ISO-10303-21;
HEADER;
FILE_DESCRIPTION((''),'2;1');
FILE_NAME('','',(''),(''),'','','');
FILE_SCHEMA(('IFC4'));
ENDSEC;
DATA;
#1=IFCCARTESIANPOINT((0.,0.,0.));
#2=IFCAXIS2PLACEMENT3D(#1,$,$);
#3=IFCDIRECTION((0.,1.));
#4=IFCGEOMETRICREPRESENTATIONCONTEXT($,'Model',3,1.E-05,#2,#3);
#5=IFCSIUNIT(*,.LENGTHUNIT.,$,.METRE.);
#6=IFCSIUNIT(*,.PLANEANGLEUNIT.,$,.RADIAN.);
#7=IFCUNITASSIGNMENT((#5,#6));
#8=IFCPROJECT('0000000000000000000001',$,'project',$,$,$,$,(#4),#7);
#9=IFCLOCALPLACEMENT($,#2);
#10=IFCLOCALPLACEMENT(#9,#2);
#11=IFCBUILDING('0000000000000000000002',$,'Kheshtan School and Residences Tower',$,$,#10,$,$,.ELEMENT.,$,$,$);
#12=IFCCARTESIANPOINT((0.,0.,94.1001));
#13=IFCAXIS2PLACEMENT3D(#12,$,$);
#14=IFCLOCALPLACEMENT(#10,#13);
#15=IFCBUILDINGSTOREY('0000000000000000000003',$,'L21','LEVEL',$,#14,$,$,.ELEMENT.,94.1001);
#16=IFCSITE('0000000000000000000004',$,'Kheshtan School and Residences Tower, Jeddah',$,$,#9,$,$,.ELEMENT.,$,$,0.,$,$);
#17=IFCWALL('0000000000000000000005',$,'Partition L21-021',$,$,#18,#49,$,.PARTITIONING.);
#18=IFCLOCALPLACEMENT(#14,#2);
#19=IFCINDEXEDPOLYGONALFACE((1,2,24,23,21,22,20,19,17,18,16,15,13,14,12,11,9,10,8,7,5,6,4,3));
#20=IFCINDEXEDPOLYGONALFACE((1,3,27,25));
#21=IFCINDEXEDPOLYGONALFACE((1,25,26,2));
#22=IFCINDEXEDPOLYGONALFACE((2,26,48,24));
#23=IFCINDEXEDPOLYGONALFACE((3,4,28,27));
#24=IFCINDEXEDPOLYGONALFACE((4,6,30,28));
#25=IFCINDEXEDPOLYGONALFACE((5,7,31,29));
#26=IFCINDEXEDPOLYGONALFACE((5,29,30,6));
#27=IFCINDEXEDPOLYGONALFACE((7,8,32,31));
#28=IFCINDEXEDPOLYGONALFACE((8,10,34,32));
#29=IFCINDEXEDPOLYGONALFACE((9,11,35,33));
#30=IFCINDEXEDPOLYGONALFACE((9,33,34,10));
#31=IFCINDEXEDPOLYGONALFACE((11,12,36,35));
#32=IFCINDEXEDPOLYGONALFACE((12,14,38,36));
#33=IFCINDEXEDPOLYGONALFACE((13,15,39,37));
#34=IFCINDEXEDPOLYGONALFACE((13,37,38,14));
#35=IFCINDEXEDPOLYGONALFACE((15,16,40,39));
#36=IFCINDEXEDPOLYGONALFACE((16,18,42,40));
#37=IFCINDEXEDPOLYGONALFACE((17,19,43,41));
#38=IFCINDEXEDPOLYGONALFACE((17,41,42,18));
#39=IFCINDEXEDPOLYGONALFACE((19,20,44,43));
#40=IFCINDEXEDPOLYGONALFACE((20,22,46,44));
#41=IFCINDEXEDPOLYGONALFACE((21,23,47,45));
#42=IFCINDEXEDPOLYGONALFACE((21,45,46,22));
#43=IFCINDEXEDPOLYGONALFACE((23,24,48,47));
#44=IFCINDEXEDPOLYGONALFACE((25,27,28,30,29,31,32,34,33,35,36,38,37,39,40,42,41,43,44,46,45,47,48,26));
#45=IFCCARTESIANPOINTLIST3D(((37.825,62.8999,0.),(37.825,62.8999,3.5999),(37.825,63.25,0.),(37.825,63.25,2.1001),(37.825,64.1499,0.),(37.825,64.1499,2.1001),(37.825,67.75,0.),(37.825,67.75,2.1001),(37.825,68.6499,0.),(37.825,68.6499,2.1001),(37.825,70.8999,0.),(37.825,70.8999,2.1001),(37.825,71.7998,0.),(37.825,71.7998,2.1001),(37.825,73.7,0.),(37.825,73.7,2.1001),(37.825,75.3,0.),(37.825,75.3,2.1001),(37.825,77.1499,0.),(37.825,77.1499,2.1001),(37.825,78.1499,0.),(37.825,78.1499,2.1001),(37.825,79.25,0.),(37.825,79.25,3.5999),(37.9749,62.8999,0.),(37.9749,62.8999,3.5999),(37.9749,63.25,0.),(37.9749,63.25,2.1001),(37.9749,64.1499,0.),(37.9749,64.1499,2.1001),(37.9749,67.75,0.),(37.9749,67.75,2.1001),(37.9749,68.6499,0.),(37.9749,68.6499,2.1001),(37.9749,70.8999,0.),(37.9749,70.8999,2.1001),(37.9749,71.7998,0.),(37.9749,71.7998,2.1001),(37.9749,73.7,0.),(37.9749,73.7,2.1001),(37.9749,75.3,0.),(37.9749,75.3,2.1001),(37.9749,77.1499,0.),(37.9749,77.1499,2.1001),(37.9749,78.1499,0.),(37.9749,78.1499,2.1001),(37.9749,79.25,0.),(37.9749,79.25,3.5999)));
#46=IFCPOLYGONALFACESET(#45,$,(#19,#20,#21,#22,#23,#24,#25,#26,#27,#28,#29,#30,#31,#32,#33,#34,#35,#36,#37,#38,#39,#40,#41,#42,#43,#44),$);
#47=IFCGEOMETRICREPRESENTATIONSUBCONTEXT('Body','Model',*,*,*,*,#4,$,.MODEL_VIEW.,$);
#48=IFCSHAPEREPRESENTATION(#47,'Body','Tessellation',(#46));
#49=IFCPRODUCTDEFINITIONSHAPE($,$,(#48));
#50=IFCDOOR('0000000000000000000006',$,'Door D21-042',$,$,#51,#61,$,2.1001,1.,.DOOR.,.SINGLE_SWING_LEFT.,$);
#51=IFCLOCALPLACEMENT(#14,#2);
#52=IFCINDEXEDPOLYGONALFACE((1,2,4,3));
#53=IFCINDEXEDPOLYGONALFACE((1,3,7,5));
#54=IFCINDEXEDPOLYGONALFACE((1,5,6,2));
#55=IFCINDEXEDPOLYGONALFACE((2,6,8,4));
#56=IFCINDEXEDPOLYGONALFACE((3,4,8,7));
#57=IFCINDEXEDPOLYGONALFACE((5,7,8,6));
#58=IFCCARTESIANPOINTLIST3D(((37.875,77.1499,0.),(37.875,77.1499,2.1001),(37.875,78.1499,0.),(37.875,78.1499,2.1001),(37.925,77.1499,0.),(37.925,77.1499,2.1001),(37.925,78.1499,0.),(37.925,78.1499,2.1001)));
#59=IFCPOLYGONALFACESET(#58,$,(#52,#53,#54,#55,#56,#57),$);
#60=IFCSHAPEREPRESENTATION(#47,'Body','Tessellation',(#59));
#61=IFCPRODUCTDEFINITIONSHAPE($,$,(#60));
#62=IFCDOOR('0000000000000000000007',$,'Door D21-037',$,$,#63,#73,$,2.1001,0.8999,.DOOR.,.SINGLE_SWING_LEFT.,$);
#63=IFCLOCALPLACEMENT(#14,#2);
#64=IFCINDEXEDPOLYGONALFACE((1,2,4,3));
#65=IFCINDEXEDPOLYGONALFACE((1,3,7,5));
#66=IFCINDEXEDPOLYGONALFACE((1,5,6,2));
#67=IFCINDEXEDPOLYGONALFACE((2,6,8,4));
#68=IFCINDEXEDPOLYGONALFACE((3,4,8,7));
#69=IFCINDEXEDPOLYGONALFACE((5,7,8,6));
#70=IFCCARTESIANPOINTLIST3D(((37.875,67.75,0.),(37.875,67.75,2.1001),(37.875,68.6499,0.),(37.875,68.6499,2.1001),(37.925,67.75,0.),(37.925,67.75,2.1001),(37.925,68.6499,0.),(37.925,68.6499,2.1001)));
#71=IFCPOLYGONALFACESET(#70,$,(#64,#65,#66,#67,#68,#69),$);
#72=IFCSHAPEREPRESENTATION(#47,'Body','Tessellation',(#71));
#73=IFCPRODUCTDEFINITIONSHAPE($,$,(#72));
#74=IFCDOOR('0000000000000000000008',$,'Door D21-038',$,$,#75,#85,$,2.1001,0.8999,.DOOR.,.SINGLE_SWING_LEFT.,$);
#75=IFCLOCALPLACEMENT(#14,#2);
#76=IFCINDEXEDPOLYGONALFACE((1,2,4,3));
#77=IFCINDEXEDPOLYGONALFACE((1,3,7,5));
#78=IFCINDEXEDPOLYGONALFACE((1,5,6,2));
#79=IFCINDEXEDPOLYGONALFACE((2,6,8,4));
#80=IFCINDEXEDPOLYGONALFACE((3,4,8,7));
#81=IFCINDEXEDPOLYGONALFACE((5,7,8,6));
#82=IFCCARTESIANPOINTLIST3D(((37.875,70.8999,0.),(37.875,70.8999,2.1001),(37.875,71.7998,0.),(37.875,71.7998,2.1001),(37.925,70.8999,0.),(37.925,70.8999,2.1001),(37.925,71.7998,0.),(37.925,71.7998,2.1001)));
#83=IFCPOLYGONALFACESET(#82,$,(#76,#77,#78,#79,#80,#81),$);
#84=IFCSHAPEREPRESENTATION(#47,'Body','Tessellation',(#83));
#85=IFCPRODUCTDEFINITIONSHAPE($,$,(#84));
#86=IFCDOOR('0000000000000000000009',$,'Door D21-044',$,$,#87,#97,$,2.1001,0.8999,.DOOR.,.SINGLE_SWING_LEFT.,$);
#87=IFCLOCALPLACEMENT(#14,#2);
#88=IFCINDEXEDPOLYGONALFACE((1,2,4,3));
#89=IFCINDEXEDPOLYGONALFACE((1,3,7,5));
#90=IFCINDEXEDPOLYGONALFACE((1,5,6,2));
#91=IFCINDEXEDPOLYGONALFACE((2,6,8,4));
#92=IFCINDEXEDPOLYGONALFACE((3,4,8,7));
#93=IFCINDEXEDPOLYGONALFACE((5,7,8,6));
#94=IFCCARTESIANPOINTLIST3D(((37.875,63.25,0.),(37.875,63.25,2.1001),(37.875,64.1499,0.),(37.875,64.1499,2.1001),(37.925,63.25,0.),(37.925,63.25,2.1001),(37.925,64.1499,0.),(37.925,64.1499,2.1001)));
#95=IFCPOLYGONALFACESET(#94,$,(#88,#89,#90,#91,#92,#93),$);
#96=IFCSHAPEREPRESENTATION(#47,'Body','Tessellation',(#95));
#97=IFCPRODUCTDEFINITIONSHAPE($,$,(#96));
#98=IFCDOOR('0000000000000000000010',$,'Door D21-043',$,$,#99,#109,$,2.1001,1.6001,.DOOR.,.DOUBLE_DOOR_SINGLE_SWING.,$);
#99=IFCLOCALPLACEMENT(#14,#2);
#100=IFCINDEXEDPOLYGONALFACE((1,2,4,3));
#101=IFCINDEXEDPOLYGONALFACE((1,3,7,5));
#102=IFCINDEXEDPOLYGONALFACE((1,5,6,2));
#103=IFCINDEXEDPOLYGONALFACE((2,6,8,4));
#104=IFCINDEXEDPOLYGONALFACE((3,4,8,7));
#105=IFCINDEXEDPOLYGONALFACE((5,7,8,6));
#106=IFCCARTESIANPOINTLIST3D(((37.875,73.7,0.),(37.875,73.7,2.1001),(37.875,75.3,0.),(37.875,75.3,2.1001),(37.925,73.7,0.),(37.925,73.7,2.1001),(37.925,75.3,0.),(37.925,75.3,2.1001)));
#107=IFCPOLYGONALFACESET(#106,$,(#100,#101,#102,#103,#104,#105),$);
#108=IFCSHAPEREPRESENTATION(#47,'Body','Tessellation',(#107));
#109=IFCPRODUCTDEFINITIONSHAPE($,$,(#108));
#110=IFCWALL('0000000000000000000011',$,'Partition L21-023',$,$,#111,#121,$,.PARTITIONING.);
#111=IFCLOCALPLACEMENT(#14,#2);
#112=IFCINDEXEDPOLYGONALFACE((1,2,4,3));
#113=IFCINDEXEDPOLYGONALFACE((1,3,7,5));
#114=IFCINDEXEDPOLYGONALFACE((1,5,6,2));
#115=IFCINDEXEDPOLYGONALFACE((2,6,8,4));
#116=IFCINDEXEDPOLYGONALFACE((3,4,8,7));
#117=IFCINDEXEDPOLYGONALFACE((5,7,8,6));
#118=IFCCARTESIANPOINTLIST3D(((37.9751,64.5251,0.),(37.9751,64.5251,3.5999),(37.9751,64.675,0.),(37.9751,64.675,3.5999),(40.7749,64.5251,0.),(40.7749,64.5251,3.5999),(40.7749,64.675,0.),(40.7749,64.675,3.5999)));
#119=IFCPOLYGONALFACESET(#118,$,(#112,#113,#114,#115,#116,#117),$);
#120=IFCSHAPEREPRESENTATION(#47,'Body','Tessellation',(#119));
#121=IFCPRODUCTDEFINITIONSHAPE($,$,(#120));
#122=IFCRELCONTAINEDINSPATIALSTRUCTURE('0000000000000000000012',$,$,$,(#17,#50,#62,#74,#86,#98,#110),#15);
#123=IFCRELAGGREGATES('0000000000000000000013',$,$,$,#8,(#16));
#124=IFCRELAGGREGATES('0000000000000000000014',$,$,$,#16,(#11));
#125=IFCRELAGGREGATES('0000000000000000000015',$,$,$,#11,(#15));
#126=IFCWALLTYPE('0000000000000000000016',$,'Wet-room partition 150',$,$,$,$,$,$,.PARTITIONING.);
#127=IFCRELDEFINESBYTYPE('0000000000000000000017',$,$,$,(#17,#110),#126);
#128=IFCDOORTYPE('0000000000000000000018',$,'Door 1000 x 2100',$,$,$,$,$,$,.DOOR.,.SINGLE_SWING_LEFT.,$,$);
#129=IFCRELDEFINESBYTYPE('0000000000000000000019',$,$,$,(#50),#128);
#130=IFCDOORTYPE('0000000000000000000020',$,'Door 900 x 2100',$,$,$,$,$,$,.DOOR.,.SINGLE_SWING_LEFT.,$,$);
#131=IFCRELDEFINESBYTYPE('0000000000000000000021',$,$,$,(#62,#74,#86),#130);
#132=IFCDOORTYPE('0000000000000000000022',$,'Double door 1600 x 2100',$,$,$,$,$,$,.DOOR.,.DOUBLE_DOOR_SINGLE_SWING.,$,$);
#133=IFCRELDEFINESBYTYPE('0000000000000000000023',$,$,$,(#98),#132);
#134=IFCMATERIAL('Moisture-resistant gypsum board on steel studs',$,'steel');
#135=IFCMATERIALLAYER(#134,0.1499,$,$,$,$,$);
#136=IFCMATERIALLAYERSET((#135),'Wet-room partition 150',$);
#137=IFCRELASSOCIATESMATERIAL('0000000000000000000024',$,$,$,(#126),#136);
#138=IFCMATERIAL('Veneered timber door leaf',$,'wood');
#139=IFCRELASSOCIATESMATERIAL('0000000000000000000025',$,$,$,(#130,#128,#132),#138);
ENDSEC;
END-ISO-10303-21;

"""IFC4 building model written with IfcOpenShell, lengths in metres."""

from ifc_helpers import new_model, si_unit, direction, frame, frame_2d, origin, place, context, subcontext, project, spatial, rectangle, extrude, source, transform, mapped, material, layer, layer_set, type_object, element, fill, save


model = new_model("IFC4")

# Units and contexts
model_context = context("Model", 3, precision=1e-05, world=origin(), true_north=direction((0.0, 1.0)))
body_context = subcontext(model_context, "Body", "Model", "MODEL_VIEW")
ifc_project = project(units=[si_unit("LENGTHUNIT", "METRE"), si_unit("PLANEANGLEUNIT", "RADIAN")], contexts=[model_context])

# Site, building, storey
site_placement = place(None, origin())
site = spatial("IfcSite", under=ifc_project, at=site_placement, Name="Kheshtan School and Residences Tower, Jeddah", CompositionType="ELEMENT", RefElevation=0.0)
building_placement = place(site_placement, origin())
building = spatial("IfcBuilding", under=site, at=building_placement, Name="Kheshtan School and Residences Tower", CompositionType="ELEMENT")
storey_placement = place(building_placement, frame((0.0, 0.0, 94.1001)))
storey = spatial("IfcBuildingStorey", under=building, at=storey_placement, Name="L21", Description="LEVEL", CompositionType="ELEMENT", Elevation=94.1001)

# Shared definitions
ifc_material_1 = material(Name="Moisture-resistant gypsum board on steel studs", Category="steel")
ifc_layer_1 = layer(ifc_material_1, 0.1499)
ifc_layer_set_1 = layer_set([ifc_layer_1], Name="Wet-room partition 150")
wall_type_1 = type_object("IfcWallType", Name="Wet-room partition 150", PredefinedType="PARTITIONING", material=ifc_layer_set_1)

# Shared definitions
ifc_material_2 = material(Name="Veneered timber door leaf", Category="wood")

# Wall, openings, doors
door_type_1 = type_object("IfcDoorType", Name="Door 900 x 2100", OperationType="SINGLE_SWING_LEFT", PredefinedType="DOOR", material=ifc_material_2)
shared_shape_1 = source(origin(), body_context, "Body", "SweptSolid", [
    extrude(rectangle(XDim=0.8999, YDim=2.1001, at=frame_2d((0.45, 1.05))), frame((0.0, 0.0249, 0.0), z_axis=(0.0, -1.0, 0.0), x_axis=(1.0, 0.0, 0.0)), (0.0, 0.0, 1.0), 0.05),
])
wall_1_placement = place(storey_placement, frame((37.8999, 62.8999, 0.0), z_axis=(0.0, 0.0, 1.0), x_axis=(0.0, 1.0, 0.0)))
wall_1 = element("IfcWall", 1, at=wall_1_placement, inside=storey, type_object=wall_type_1, Name="Partition L21-021", PredefinedType="PARTITIONING", context=body_context, shape_type="SweptSolid", body=[
    extrude(rectangle(XDim=16.3501, YDim=0.1499, at=frame_2d((8.175, 0.0))), origin(), (0.0, 0.0, 1.0), 3.5999),
])
opening_1_placement = place(wall_1_placement, frame((4.8501, 0.0, 0.0)))
opening_1 = element("IfcOpeningElement", 2, at=opening_1_placement, cuts=wall_1, PredefinedType="OPENING", context=body_context, shape_type="SweptSolid", body=[
    extrude(rectangle(XDim=0.8999, YDim=2.1001, at=frame_2d((0.45, 1.05))), frame((0.0, 0.085, 0.0), z_axis=(0.0, -1.0, 0.0), x_axis=(1.0, 0.0, 0.0)), (0.0, 0.0, 1.0), 0.1699),
])
opening_2_placement = place(wall_1_placement, frame((8.0, 0.0, 0.0)))
opening_2 = element("IfcOpeningElement", 3, at=opening_2_placement, cuts=wall_1, PredefinedType="OPENING", context=body_context, shape_type="SweptSolid", body=[
    extrude(rectangle(XDim=0.8999, YDim=2.1001, at=frame_2d((0.45, 1.05))), frame((0.0, 0.085, 0.0), z_axis=(0.0, -1.0, 0.0), x_axis=(1.0, 0.0, 0.0)), (0.0, 0.0, 1.0), 0.1699),
])
opening_3_placement = place(wall_1_placement, frame((14.25, 0.0, 0.0)))
opening_3 = element("IfcOpeningElement", 4, at=opening_3_placement, cuts=wall_1, PredefinedType="OPENING", context=body_context, shape_type="SweptSolid", body=[
    extrude(rectangle(XDim=1.0, YDim=2.1001, at=frame_2d((0.5, 1.05))), frame((0.0, 0.085, 0.0), z_axis=(0.0, -1.0, 0.0), x_axis=(1.0, 0.0, 0.0)), (0.0, 0.0, 1.0), 0.1699),
])
opening_4_placement = place(wall_1_placement, frame((10.8, 0.0, 0.0)))
opening_4 = element("IfcOpeningElement", 5, at=opening_4_placement, cuts=wall_1, PredefinedType="OPENING", context=body_context, shape_type="SweptSolid", body=[
    extrude(rectangle(XDim=1.6001, YDim=2.1001, at=frame_2d((0.8, 1.05))), frame((0.0, 0.085, 0.0), z_axis=(0.0, -1.0, 0.0), x_axis=(1.0, 0.0, 0.0)), (0.0, 0.0, 1.0), 0.1699),
])
opening_5_placement = place(wall_1_placement, frame((0.3501, 0.0, 0.0)))
opening_5 = element("IfcOpeningElement", 6, at=opening_5_placement, cuts=wall_1, PredefinedType="OPENING", context=body_context, shape_type="SweptSolid", body=[
    extrude(rectangle(XDim=0.8999, YDim=2.1001, at=frame_2d((0.45, 1.05))), frame((0.0, 0.085, 0.0), z_axis=(0.0, -1.0, 0.0), x_axis=(1.0, 0.0, 0.0)), (0.0, 0.0, 1.0), 0.1699),
])
door_type_2 = type_object("IfcDoorType", Name="Door 1000 x 2100", OperationType="SINGLE_SWING_LEFT", PredefinedType="DOOR", material=ifc_material_2)
shared_shape_2 = source(origin(), body_context, "Body", "SweptSolid", [
    extrude(rectangle(XDim=1.0, YDim=2.1001, at=frame_2d((0.5, 1.05))), frame((0.0, 0.0249, 0.0), z_axis=(0.0, -1.0, 0.0), x_axis=(1.0, 0.0, 0.0)), (0.0, 0.0, 1.0), 0.05),
])
door_1_placement = place(opening_3_placement, origin())
door_1 = element("IfcDoor", 7, at=door_1_placement, inside=storey, type_object=door_type_2, Name="Door D21-042", OperationType="SINGLE_SWING_LEFT", OverallHeight=2.1001, OverallWidth=1.0, PredefinedType="DOOR", context=body_context, shape_type="MappedRepresentation", body=[
    mapped(shared_shape_2, transform((0.0, 0.0, 0.0), x_axis=(1.0, 0.0, 0.0), y_axis=(0.0, 1.0, 0.0), z_axis=(0.0, 0.0, 1.0), scale=1.0)),
])
fill(opening_3, door_1)
door_2_placement = place(opening_1_placement, origin())
door_2 = element("IfcDoor", 8, at=door_2_placement, inside=storey, type_object=door_type_1, Name="Door D21-037", OperationType="SINGLE_SWING_LEFT", OverallHeight=2.1001, OverallWidth=0.8999, PredefinedType="DOOR", context=body_context, shape_type="MappedRepresentation", body=[
    mapped(shared_shape_1, transform((0.0, 0.0, 0.0), x_axis=(1.0, 0.0, 0.0), y_axis=(0.0, 1.0, 0.0), z_axis=(0.0, 0.0, 1.0), scale=1.0)),
])
fill(opening_1, door_2)
door_3_placement = place(opening_2_placement, origin())
door_3 = element("IfcDoor", 9, at=door_3_placement, inside=storey, type_object=door_type_1, Name="Door D21-038", OperationType="SINGLE_SWING_LEFT", OverallHeight=2.1001, OverallWidth=0.8999, PredefinedType="DOOR", context=body_context, shape_type="MappedRepresentation", body=[
    mapped(shared_shape_1, transform((0.0, 0.0, 0.0), x_axis=(1.0, 0.0, 0.0), y_axis=(0.0, 1.0, 0.0), z_axis=(0.0, 0.0, 1.0), scale=1.0)),
])
fill(opening_2, door_3)
door_4_placement = place(opening_5_placement, origin())
door_4 = element("IfcDoor", 10, at=door_4_placement, inside=storey, type_object=door_type_1, Name="Door D21-044", OperationType="SINGLE_SWING_LEFT", OverallHeight=2.1001, OverallWidth=0.8999, PredefinedType="DOOR", context=body_context, shape_type="MappedRepresentation", body=[
    mapped(shared_shape_1, transform((0.0, 0.0, 0.0), x_axis=(1.0, 0.0, 0.0), y_axis=(0.0, 1.0, 0.0), z_axis=(0.0, 0.0, 1.0), scale=1.0)),
])
fill(opening_5, door_4)
door_type_3 = type_object("IfcDoorType", Name="Double door 1600 x 2100", OperationType="DOUBLE_DOOR_SINGLE_SWING", PredefinedType="DOOR", material=ifc_material_2)
shared_shape_3 = source(origin(), body_context, "Body", "SweptSolid", [
    extrude(rectangle(XDim=1.6001, YDim=2.1001, at=frame_2d((0.8, 1.05))), frame((0.0, 0.0249, 0.0), z_axis=(0.0, -1.0, 0.0), x_axis=(1.0, 0.0, 0.0)), (0.0, 0.0, 1.0), 0.05),
])
door_5_placement = place(opening_4_placement, origin())
door_5 = element("IfcDoor", 11, at=door_5_placement, inside=storey, type_object=door_type_3, Name="Door D21-043", OperationType="DOUBLE_DOOR_SINGLE_SWING", OverallHeight=2.1001, OverallWidth=1.6001, PredefinedType="DOOR", context=body_context, shape_type="MappedRepresentation", body=[
    mapped(shared_shape_3, transform((0.0, 0.0, 0.0), x_axis=(1.0, 0.0, 0.0), y_axis=(0.0, 1.0, 0.0), z_axis=(0.0, 0.0, 1.0), scale=1.0)),
])
fill(opening_4, door_5)

# Wall
wall_2_placement = place(storey_placement, frame((37.9751, 64.6001, 0.0), z_axis=(0.0, 0.0, 1.0), x_axis=(1.0, 0.0, 0.0)))
element("IfcWall", 12, at=wall_2_placement, inside=storey, type_object=wall_type_1, Name="Partition L21-023", PredefinedType="PARTITIONING", context=body_context, shape_type="SweptSolid", body=[
    extrude(rectangle(XDim=2.7998, YDim=0.1499, at=frame_2d((1.3999, 0.0))), origin(), (0.0, 0.0, 1.0), 3.5999),
])

save(model, "model.ifc")
